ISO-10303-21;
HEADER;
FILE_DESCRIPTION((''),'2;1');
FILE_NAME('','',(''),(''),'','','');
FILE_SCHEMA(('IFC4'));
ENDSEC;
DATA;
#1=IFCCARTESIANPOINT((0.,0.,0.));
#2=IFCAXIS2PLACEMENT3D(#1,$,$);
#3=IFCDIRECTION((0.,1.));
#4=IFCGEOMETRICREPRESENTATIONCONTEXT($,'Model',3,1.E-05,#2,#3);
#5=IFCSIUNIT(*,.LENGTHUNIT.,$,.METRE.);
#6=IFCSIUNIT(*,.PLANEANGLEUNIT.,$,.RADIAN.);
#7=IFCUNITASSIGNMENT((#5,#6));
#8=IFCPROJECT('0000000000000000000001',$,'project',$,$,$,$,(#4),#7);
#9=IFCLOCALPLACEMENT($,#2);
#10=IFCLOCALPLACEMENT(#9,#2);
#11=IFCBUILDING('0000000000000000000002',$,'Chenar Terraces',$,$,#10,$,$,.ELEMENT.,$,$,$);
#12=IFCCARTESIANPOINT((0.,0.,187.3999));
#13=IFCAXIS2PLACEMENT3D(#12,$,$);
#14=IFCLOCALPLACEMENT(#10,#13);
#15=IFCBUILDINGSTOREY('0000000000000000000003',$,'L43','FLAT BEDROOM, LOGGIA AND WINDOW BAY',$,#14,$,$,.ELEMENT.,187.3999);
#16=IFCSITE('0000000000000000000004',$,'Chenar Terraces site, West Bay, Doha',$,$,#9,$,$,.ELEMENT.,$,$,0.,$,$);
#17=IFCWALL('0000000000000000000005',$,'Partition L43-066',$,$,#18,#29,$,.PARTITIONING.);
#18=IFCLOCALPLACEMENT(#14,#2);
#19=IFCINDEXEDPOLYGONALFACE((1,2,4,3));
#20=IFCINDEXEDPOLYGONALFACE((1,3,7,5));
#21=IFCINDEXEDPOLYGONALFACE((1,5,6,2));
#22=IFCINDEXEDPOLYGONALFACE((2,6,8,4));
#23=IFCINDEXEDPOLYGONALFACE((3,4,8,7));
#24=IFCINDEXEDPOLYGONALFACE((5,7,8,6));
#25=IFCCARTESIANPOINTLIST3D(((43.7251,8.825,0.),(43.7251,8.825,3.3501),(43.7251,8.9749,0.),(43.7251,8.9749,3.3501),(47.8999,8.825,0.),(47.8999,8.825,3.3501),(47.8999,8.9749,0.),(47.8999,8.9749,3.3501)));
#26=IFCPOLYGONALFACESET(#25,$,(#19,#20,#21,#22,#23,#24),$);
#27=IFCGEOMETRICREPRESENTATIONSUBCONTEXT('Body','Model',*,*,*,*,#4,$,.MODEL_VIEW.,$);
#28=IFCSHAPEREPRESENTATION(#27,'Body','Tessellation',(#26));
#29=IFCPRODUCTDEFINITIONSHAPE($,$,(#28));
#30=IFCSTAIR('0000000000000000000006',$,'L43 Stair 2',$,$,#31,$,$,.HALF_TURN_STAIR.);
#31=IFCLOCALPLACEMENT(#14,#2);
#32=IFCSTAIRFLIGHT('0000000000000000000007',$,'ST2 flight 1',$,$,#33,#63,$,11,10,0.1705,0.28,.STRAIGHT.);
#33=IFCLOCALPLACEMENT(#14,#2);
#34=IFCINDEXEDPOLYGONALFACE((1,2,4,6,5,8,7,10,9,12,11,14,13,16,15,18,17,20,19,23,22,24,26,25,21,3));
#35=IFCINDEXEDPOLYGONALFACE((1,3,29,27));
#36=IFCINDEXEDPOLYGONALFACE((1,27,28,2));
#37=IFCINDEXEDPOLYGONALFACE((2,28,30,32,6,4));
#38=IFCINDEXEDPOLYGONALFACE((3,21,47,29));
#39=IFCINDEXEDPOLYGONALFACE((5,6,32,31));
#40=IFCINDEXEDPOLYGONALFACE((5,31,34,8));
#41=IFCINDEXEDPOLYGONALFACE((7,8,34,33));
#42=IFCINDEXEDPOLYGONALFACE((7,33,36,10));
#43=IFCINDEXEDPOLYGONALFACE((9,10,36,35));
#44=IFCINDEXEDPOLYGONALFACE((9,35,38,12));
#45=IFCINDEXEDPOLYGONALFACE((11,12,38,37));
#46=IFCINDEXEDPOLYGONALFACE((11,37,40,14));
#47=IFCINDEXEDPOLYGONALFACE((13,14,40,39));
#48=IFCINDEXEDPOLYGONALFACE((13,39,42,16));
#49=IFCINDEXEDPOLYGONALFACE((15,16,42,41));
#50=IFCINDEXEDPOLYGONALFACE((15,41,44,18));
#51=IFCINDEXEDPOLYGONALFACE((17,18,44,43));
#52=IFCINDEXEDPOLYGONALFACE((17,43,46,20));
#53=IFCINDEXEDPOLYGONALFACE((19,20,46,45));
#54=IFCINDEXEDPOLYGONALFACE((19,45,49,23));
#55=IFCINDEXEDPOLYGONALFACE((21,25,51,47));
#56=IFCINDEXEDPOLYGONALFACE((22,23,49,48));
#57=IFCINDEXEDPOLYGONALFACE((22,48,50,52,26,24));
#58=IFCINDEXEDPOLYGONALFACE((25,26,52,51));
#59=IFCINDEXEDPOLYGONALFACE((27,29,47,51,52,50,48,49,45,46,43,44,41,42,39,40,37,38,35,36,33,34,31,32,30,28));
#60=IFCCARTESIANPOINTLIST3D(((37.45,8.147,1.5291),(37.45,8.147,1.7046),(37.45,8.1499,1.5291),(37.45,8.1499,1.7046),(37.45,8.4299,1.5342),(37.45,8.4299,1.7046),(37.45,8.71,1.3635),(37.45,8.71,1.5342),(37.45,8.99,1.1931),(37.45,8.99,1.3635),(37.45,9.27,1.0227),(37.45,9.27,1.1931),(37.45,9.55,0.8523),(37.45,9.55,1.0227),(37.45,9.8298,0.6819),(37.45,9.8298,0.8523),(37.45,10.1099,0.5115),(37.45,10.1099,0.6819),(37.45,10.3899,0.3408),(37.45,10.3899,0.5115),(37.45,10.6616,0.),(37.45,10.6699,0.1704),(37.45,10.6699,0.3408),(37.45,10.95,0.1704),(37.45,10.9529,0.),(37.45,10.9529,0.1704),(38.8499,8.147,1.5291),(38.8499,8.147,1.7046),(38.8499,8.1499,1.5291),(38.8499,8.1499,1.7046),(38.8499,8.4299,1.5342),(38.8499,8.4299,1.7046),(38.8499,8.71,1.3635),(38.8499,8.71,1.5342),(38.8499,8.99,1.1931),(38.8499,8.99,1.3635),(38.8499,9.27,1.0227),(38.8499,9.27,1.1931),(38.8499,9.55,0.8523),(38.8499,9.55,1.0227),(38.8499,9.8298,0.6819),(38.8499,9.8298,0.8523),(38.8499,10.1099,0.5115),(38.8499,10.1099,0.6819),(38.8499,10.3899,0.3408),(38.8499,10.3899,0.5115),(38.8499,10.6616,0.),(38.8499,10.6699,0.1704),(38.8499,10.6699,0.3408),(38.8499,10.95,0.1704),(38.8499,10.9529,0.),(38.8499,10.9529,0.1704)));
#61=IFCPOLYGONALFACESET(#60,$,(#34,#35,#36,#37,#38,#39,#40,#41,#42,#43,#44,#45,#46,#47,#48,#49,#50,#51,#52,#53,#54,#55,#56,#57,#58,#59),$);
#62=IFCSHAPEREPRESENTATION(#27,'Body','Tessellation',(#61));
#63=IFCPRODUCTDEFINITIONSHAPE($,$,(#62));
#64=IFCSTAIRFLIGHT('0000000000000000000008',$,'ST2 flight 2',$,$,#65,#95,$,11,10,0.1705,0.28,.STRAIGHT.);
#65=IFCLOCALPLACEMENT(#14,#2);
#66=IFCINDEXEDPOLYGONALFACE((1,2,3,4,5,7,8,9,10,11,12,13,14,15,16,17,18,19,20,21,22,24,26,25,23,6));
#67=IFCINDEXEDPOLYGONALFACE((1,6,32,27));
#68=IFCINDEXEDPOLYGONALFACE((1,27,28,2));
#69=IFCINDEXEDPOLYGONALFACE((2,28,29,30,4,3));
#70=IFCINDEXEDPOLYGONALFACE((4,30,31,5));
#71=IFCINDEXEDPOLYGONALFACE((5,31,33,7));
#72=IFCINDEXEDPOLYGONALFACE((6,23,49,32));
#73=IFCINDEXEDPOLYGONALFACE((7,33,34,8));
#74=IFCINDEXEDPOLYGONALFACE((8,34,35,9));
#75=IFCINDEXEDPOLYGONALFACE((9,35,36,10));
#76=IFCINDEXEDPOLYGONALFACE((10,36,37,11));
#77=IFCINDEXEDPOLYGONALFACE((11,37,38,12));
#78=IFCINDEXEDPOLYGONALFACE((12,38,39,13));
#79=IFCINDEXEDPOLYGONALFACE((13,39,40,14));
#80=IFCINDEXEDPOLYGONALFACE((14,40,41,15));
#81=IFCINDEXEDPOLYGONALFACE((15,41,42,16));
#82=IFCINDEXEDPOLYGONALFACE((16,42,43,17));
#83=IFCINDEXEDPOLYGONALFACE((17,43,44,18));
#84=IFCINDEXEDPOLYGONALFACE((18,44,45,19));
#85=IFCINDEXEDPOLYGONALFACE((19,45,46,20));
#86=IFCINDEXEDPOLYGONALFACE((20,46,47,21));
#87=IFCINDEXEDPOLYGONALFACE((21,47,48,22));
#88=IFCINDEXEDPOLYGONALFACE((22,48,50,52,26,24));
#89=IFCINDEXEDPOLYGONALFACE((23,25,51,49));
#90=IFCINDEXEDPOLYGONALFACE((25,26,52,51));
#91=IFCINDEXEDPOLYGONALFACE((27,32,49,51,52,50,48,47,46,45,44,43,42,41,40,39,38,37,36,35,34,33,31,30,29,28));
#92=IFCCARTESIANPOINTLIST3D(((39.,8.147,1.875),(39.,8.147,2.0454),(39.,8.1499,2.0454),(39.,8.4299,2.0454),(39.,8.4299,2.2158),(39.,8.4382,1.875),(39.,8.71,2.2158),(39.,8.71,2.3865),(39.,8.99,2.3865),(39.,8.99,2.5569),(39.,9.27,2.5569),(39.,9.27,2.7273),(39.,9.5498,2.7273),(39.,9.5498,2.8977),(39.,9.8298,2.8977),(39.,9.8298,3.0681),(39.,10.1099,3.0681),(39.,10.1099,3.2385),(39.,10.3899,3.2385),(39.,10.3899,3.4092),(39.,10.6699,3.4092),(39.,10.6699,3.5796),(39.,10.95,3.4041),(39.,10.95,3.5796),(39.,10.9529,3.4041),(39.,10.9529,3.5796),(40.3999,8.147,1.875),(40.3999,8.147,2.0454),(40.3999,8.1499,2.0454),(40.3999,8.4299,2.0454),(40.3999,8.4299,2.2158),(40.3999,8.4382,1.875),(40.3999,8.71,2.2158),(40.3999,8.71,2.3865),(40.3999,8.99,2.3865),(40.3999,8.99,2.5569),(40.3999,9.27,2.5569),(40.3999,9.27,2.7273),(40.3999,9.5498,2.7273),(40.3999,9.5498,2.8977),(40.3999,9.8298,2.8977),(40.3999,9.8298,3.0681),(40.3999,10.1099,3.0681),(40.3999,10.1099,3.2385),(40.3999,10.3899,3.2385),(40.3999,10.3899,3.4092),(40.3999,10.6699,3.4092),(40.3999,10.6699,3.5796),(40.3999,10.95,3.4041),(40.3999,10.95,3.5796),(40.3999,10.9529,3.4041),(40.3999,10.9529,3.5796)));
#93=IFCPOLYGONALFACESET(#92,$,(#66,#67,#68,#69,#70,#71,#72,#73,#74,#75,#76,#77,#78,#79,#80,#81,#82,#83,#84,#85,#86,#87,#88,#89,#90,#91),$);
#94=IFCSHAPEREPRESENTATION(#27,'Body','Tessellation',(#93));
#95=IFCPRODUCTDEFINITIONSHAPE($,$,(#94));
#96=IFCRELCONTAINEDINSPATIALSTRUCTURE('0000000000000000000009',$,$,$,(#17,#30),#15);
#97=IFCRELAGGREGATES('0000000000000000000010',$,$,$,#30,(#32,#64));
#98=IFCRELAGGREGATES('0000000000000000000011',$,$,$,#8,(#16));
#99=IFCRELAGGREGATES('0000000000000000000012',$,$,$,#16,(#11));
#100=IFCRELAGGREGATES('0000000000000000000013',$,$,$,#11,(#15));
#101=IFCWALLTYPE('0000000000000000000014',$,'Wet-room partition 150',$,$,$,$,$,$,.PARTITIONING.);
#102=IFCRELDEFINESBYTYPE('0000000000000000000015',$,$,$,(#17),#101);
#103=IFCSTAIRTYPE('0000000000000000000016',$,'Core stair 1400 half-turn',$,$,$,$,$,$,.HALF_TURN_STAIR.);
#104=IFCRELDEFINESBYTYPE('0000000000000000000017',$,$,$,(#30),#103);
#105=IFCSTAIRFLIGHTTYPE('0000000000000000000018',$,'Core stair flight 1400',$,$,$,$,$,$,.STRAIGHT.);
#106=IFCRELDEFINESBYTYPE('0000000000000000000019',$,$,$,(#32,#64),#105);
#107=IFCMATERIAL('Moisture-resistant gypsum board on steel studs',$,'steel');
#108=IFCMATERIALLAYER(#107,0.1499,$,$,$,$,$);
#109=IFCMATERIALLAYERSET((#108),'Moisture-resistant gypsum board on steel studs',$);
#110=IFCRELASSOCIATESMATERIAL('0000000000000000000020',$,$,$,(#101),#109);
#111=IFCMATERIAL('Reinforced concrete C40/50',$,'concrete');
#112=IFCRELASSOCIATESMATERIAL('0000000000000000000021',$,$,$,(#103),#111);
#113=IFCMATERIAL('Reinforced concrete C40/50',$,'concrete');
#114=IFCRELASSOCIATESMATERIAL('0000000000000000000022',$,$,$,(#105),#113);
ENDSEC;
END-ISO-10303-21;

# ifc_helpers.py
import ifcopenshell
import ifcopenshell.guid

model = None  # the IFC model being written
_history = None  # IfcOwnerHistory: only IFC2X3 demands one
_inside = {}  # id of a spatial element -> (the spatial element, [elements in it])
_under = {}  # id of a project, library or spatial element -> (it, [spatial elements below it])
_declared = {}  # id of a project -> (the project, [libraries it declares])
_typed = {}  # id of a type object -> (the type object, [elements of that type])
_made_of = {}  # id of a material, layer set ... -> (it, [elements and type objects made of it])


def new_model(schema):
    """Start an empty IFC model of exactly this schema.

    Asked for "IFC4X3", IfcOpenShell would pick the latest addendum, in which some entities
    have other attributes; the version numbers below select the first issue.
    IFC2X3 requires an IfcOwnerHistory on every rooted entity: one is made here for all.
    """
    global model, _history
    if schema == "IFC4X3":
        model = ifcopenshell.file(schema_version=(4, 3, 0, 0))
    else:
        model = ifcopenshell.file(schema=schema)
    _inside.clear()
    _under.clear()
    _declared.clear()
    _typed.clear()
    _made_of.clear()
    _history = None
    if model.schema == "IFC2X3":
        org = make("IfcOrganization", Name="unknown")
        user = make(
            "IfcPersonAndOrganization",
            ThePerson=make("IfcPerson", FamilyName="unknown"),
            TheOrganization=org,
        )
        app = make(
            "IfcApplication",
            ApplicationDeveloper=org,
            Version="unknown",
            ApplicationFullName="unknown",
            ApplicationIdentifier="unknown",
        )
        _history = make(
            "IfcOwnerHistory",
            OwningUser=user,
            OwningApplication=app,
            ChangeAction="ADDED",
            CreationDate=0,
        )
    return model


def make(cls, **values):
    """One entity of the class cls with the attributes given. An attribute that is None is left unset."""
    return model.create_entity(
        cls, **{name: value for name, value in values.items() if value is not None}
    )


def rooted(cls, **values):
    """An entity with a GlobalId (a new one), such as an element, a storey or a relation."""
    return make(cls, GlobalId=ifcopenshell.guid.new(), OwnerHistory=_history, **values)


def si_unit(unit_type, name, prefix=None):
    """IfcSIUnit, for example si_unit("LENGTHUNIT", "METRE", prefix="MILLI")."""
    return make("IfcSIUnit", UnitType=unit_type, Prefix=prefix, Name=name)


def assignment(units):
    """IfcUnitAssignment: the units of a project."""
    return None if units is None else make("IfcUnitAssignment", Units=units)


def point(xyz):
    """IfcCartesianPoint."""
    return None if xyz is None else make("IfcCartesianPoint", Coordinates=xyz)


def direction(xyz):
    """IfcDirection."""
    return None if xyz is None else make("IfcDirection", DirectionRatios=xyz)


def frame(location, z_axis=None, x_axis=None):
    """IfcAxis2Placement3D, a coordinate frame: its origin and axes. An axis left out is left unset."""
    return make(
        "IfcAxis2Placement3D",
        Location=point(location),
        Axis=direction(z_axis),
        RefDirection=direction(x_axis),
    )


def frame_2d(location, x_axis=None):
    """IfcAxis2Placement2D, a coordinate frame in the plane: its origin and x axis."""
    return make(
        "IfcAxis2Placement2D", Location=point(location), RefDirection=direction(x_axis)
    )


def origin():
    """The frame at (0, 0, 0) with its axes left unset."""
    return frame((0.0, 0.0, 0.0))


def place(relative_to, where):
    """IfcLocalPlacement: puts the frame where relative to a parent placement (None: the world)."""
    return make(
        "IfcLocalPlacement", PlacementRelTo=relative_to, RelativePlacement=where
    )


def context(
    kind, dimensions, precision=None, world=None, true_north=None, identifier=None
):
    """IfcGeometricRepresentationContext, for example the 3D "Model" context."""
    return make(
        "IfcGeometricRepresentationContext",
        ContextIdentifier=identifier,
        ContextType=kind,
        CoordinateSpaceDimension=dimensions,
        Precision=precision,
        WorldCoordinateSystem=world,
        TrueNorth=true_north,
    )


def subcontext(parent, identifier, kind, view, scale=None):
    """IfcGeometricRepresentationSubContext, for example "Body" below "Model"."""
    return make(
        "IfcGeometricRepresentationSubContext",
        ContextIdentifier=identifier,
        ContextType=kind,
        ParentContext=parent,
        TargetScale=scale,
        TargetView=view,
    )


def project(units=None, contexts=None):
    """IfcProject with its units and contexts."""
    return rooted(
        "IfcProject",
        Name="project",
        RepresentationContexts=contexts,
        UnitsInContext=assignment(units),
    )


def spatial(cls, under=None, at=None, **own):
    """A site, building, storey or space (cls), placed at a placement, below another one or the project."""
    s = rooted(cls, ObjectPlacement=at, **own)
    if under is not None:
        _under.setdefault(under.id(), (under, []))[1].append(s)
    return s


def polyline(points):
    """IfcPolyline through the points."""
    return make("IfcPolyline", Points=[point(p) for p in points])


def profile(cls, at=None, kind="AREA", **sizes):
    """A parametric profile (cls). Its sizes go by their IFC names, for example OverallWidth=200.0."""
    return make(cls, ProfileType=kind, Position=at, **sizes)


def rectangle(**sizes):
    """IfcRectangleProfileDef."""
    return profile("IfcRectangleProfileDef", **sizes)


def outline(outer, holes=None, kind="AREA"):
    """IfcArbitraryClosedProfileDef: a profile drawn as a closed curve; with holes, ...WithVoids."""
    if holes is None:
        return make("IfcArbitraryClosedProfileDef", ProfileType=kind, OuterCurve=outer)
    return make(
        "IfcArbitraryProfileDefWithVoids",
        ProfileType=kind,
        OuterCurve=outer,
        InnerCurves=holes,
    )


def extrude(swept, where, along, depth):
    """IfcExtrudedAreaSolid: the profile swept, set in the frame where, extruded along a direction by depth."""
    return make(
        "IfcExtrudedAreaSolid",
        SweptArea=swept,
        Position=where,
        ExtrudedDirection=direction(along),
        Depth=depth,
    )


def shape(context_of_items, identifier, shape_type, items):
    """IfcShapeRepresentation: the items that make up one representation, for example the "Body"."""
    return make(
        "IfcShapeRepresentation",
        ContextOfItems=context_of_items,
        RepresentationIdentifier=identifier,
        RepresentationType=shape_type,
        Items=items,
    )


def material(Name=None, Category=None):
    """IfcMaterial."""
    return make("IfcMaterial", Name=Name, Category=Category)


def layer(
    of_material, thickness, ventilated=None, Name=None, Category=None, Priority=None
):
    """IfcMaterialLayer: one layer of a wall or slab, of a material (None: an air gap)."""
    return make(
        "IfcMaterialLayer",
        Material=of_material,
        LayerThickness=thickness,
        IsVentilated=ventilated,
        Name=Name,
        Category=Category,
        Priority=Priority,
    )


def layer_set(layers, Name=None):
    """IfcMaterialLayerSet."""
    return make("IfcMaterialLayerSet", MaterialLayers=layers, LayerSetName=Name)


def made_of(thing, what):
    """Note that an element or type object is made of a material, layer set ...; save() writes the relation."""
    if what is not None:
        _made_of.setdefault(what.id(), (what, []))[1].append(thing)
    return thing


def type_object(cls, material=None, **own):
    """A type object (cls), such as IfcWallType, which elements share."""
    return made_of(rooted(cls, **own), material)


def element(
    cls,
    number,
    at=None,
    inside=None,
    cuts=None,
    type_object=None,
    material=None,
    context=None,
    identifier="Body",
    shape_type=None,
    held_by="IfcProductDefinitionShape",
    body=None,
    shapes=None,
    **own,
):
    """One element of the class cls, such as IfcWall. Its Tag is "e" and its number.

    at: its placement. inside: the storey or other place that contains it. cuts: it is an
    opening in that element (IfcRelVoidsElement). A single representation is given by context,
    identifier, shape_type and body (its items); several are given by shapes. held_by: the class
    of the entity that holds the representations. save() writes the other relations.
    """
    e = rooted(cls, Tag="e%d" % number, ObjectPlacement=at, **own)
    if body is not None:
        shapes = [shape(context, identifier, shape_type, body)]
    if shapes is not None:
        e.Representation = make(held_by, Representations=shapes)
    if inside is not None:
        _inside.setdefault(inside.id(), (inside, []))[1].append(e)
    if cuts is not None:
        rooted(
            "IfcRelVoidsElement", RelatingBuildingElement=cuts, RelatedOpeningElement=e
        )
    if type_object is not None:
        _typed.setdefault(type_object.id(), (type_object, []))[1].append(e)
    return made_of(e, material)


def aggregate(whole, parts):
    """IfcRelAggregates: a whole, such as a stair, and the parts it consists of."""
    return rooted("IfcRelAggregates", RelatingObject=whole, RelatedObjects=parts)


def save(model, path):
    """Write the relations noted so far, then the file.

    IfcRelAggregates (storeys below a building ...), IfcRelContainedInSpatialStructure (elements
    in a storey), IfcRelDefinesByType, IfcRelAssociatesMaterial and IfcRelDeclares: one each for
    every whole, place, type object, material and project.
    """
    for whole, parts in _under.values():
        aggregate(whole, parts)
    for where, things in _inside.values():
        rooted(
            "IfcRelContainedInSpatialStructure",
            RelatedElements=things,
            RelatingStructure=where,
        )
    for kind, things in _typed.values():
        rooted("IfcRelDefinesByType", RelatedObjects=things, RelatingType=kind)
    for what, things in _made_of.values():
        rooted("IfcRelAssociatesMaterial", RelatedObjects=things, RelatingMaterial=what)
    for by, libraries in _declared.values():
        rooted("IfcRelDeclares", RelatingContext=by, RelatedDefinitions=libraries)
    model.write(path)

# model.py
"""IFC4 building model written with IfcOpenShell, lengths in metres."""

from ifc_helpers import new_model, si_unit, direction, frame, frame_2d, origin, place, context, subcontext, project, spatial, polyline, rectangle, outline, extrude, material, layer, layer_set, type_object, element, aggregate, save


model = new_model("IFC4")

# Units and contexts
model_context = context("Model", 3, precision=1e-05, world=origin(), true_north=direction((0.0, 1.0)))
body_context = subcontext(model_context, "Body", "Model", "MODEL_VIEW")
ifc_project = project(units=[si_unit("LENGTHUNIT", "METRE"), si_unit("PLANEANGLEUNIT", "RADIAN")], contexts=[model_context])

# Site, building, storey
site_placement = place(None, origin())
site = spatial("IfcSite", under=ifc_project, at=site_placement, Name="Chenar Terraces site, West Bay, Doha", CompositionType="ELEMENT", RefElevation=0.0)
building_placement = place(site_placement, origin())
building = spatial("IfcBuilding", under=site, at=building_placement, Name="Chenar Terraces", CompositionType="ELEMENT")
storey_placement = place(building_placement, frame((0.0, 0.0, 187.3999)))
storey = spatial("IfcBuildingStorey", under=building, at=storey_placement, Name="L43", Description="FLAT BEDROOM, LOGGIA AND WINDOW BAY", CompositionType="ELEMENT", Elevation=187.3999)

# Shared definitions
ifc_material_1 = material(Name="Moisture-resistant gypsum board on steel studs", Category="steel")
ifc_layer_1 = layer(ifc_material_1, 0.1499)
ifc_layer_set_1 = layer_set([ifc_layer_1], Name="Moisture-resistant gypsum board on steel studs")
wall_type_1 = type_object("IfcWallType", Name="Wet-room partition 150", PredefinedType="PARTITIONING", material=ifc_layer_set_1)

# Wall
wall_1_placement = place(storey_placement, frame((43.7251, 8.8999, 0.0), z_axis=(0.0, 0.0, 1.0), x_axis=(1.0, 0.0, 0.0)))
element("IfcWall", 1, at=wall_1_placement, inside=storey, type_object=wall_type_1, Name="Partition L43-066", PredefinedType="PARTITIONING", context=body_context, shape_type="SweptSolid", body=[
    extrude(rectangle(XDim=4.1748, YDim=0.1499, at=frame_2d((2.0874, 0.0))), origin(), (0.0, 0.0, 1.0), 3.3501),
])

# Stair, stair flights
ifc_material_2 = material(Name="Reinforced concrete C40/50", Category="concrete")
stair_type = type_object("IfcStairType", Name="Core stair 1400 half-turn", PredefinedType="HALF_TURN_STAIR", material=ifc_material_2)
stair_placement = place(storey_placement, origin())
stair = element("IfcStair", 2, at=stair_placement, inside=storey, type_object=stair_type, Name="L43 Stair 2", PredefinedType="HALF_TURN_STAIR")
ifc_material_3 = material(Name="Reinforced concrete C40/50", Category="concrete")
stair_flight_type = type_object("IfcStairFlightType", Name="Core stair flight 1400", PredefinedType="STRAIGHT", material=ifc_material_3)
stair_flight_1_placement = place(storey_placement, frame((38.1499, 10.95, 0.0), z_axis=(0.0, 0.0, 1.0), x_axis=(0.0, -1.0, 0.0)))
stair_flight_1 = element("IfcStairFlight", 3, at=stair_flight_1_placement, type_object=stair_flight_type, Name="ST2 flight 1", NumberOfRisers=11, NumberOfTreads=10, PredefinedType="STRAIGHT", RiserHeight=0.1705, TreadLength=0.28, context=body_context, shape_type="SweptSolid", body=[
    extrude(outline(polyline([(-0.0029, 0.0), (-0.0029, 0.1704), (0.0, 0.1704), (0.28, 0.1704), (0.28, 0.3408), (0.5601, 0.3408), (0.5601, 0.5115), (0.8401, 0.5115), (0.8401, 0.6819), (1.1201, 0.6819), (1.1201, 0.8523), (1.3999, 0.8523), (1.3999, 1.0227), (1.6799, 1.0227), (1.6799, 1.1931), (1.96, 1.1931), (1.96, 1.3635), (2.24, 1.3635), (2.24, 1.5342), (2.52, 1.5342), (2.52, 1.7046), (2.8, 1.7046), (2.803, 1.7046), (2.803, 1.5291), (2.8, 1.5291), (0.2883, 0.0), (-0.0029, 0.0)])), frame((0.0, 0.7, 0.0), z_axis=(0.0, -1.0, 0.0), x_axis=(1.0, 0.0, 0.0)), (0.0, 0.0, 1.0), 1.3999),
])
stair_flight_2_placement = place(storey_placement, frame((39.7, 8.1499, 1.875), z_axis=(0.0, 0.0, 1.0), x_axis=(0.0, 1.0, 0.0)))
stair_flight_2 = element("IfcStairFlight", 4, at=stair_flight_2_placement, type_object=stair_flight_type, Name="ST2 flight 2", NumberOfRisers=11, NumberOfTreads=10, PredefinedType="STRAIGHT", RiserHeight=0.1705, TreadLength=0.28, context=body_context, shape_type="SweptSolid", body=[
    extrude(outline(polyline([(-0.0029, 0.0), (-0.0029, 0.1704), (0.0, 0.1704), (0.28, 0.1704), (0.28, 0.3408), (0.5601, 0.3408), (0.5601, 0.5115), (0.8401, 0.5115), (0.8401, 0.6819), (1.1201, 0.6819), (1.1201, 0.8523), (1.3999, 0.8523), (1.3999, 1.0227), (1.6799, 1.0227), (1.6799, 1.1931), (1.96, 1.1931), (1.96, 1.3635), (2.24, 1.3635), (2.24, 1.5342), (2.52, 1.5342), (2.52, 1.7046), (2.8, 1.7046), (2.803, 1.7046), (2.803, 1.5291), (2.8, 1.5291), (0.2883, 0.0), (-0.0029, 0.0)])), frame((0.0, 0.7, 0.0), z_axis=(0.0, -1.0, 0.0), x_axis=(1.0, 0.0, 0.0)), (0.0, 0.0, 1.0), 1.3999),
])
aggregate(stair, [stair_flight_1, stair_flight_2])

save(model, "model.ifc")
